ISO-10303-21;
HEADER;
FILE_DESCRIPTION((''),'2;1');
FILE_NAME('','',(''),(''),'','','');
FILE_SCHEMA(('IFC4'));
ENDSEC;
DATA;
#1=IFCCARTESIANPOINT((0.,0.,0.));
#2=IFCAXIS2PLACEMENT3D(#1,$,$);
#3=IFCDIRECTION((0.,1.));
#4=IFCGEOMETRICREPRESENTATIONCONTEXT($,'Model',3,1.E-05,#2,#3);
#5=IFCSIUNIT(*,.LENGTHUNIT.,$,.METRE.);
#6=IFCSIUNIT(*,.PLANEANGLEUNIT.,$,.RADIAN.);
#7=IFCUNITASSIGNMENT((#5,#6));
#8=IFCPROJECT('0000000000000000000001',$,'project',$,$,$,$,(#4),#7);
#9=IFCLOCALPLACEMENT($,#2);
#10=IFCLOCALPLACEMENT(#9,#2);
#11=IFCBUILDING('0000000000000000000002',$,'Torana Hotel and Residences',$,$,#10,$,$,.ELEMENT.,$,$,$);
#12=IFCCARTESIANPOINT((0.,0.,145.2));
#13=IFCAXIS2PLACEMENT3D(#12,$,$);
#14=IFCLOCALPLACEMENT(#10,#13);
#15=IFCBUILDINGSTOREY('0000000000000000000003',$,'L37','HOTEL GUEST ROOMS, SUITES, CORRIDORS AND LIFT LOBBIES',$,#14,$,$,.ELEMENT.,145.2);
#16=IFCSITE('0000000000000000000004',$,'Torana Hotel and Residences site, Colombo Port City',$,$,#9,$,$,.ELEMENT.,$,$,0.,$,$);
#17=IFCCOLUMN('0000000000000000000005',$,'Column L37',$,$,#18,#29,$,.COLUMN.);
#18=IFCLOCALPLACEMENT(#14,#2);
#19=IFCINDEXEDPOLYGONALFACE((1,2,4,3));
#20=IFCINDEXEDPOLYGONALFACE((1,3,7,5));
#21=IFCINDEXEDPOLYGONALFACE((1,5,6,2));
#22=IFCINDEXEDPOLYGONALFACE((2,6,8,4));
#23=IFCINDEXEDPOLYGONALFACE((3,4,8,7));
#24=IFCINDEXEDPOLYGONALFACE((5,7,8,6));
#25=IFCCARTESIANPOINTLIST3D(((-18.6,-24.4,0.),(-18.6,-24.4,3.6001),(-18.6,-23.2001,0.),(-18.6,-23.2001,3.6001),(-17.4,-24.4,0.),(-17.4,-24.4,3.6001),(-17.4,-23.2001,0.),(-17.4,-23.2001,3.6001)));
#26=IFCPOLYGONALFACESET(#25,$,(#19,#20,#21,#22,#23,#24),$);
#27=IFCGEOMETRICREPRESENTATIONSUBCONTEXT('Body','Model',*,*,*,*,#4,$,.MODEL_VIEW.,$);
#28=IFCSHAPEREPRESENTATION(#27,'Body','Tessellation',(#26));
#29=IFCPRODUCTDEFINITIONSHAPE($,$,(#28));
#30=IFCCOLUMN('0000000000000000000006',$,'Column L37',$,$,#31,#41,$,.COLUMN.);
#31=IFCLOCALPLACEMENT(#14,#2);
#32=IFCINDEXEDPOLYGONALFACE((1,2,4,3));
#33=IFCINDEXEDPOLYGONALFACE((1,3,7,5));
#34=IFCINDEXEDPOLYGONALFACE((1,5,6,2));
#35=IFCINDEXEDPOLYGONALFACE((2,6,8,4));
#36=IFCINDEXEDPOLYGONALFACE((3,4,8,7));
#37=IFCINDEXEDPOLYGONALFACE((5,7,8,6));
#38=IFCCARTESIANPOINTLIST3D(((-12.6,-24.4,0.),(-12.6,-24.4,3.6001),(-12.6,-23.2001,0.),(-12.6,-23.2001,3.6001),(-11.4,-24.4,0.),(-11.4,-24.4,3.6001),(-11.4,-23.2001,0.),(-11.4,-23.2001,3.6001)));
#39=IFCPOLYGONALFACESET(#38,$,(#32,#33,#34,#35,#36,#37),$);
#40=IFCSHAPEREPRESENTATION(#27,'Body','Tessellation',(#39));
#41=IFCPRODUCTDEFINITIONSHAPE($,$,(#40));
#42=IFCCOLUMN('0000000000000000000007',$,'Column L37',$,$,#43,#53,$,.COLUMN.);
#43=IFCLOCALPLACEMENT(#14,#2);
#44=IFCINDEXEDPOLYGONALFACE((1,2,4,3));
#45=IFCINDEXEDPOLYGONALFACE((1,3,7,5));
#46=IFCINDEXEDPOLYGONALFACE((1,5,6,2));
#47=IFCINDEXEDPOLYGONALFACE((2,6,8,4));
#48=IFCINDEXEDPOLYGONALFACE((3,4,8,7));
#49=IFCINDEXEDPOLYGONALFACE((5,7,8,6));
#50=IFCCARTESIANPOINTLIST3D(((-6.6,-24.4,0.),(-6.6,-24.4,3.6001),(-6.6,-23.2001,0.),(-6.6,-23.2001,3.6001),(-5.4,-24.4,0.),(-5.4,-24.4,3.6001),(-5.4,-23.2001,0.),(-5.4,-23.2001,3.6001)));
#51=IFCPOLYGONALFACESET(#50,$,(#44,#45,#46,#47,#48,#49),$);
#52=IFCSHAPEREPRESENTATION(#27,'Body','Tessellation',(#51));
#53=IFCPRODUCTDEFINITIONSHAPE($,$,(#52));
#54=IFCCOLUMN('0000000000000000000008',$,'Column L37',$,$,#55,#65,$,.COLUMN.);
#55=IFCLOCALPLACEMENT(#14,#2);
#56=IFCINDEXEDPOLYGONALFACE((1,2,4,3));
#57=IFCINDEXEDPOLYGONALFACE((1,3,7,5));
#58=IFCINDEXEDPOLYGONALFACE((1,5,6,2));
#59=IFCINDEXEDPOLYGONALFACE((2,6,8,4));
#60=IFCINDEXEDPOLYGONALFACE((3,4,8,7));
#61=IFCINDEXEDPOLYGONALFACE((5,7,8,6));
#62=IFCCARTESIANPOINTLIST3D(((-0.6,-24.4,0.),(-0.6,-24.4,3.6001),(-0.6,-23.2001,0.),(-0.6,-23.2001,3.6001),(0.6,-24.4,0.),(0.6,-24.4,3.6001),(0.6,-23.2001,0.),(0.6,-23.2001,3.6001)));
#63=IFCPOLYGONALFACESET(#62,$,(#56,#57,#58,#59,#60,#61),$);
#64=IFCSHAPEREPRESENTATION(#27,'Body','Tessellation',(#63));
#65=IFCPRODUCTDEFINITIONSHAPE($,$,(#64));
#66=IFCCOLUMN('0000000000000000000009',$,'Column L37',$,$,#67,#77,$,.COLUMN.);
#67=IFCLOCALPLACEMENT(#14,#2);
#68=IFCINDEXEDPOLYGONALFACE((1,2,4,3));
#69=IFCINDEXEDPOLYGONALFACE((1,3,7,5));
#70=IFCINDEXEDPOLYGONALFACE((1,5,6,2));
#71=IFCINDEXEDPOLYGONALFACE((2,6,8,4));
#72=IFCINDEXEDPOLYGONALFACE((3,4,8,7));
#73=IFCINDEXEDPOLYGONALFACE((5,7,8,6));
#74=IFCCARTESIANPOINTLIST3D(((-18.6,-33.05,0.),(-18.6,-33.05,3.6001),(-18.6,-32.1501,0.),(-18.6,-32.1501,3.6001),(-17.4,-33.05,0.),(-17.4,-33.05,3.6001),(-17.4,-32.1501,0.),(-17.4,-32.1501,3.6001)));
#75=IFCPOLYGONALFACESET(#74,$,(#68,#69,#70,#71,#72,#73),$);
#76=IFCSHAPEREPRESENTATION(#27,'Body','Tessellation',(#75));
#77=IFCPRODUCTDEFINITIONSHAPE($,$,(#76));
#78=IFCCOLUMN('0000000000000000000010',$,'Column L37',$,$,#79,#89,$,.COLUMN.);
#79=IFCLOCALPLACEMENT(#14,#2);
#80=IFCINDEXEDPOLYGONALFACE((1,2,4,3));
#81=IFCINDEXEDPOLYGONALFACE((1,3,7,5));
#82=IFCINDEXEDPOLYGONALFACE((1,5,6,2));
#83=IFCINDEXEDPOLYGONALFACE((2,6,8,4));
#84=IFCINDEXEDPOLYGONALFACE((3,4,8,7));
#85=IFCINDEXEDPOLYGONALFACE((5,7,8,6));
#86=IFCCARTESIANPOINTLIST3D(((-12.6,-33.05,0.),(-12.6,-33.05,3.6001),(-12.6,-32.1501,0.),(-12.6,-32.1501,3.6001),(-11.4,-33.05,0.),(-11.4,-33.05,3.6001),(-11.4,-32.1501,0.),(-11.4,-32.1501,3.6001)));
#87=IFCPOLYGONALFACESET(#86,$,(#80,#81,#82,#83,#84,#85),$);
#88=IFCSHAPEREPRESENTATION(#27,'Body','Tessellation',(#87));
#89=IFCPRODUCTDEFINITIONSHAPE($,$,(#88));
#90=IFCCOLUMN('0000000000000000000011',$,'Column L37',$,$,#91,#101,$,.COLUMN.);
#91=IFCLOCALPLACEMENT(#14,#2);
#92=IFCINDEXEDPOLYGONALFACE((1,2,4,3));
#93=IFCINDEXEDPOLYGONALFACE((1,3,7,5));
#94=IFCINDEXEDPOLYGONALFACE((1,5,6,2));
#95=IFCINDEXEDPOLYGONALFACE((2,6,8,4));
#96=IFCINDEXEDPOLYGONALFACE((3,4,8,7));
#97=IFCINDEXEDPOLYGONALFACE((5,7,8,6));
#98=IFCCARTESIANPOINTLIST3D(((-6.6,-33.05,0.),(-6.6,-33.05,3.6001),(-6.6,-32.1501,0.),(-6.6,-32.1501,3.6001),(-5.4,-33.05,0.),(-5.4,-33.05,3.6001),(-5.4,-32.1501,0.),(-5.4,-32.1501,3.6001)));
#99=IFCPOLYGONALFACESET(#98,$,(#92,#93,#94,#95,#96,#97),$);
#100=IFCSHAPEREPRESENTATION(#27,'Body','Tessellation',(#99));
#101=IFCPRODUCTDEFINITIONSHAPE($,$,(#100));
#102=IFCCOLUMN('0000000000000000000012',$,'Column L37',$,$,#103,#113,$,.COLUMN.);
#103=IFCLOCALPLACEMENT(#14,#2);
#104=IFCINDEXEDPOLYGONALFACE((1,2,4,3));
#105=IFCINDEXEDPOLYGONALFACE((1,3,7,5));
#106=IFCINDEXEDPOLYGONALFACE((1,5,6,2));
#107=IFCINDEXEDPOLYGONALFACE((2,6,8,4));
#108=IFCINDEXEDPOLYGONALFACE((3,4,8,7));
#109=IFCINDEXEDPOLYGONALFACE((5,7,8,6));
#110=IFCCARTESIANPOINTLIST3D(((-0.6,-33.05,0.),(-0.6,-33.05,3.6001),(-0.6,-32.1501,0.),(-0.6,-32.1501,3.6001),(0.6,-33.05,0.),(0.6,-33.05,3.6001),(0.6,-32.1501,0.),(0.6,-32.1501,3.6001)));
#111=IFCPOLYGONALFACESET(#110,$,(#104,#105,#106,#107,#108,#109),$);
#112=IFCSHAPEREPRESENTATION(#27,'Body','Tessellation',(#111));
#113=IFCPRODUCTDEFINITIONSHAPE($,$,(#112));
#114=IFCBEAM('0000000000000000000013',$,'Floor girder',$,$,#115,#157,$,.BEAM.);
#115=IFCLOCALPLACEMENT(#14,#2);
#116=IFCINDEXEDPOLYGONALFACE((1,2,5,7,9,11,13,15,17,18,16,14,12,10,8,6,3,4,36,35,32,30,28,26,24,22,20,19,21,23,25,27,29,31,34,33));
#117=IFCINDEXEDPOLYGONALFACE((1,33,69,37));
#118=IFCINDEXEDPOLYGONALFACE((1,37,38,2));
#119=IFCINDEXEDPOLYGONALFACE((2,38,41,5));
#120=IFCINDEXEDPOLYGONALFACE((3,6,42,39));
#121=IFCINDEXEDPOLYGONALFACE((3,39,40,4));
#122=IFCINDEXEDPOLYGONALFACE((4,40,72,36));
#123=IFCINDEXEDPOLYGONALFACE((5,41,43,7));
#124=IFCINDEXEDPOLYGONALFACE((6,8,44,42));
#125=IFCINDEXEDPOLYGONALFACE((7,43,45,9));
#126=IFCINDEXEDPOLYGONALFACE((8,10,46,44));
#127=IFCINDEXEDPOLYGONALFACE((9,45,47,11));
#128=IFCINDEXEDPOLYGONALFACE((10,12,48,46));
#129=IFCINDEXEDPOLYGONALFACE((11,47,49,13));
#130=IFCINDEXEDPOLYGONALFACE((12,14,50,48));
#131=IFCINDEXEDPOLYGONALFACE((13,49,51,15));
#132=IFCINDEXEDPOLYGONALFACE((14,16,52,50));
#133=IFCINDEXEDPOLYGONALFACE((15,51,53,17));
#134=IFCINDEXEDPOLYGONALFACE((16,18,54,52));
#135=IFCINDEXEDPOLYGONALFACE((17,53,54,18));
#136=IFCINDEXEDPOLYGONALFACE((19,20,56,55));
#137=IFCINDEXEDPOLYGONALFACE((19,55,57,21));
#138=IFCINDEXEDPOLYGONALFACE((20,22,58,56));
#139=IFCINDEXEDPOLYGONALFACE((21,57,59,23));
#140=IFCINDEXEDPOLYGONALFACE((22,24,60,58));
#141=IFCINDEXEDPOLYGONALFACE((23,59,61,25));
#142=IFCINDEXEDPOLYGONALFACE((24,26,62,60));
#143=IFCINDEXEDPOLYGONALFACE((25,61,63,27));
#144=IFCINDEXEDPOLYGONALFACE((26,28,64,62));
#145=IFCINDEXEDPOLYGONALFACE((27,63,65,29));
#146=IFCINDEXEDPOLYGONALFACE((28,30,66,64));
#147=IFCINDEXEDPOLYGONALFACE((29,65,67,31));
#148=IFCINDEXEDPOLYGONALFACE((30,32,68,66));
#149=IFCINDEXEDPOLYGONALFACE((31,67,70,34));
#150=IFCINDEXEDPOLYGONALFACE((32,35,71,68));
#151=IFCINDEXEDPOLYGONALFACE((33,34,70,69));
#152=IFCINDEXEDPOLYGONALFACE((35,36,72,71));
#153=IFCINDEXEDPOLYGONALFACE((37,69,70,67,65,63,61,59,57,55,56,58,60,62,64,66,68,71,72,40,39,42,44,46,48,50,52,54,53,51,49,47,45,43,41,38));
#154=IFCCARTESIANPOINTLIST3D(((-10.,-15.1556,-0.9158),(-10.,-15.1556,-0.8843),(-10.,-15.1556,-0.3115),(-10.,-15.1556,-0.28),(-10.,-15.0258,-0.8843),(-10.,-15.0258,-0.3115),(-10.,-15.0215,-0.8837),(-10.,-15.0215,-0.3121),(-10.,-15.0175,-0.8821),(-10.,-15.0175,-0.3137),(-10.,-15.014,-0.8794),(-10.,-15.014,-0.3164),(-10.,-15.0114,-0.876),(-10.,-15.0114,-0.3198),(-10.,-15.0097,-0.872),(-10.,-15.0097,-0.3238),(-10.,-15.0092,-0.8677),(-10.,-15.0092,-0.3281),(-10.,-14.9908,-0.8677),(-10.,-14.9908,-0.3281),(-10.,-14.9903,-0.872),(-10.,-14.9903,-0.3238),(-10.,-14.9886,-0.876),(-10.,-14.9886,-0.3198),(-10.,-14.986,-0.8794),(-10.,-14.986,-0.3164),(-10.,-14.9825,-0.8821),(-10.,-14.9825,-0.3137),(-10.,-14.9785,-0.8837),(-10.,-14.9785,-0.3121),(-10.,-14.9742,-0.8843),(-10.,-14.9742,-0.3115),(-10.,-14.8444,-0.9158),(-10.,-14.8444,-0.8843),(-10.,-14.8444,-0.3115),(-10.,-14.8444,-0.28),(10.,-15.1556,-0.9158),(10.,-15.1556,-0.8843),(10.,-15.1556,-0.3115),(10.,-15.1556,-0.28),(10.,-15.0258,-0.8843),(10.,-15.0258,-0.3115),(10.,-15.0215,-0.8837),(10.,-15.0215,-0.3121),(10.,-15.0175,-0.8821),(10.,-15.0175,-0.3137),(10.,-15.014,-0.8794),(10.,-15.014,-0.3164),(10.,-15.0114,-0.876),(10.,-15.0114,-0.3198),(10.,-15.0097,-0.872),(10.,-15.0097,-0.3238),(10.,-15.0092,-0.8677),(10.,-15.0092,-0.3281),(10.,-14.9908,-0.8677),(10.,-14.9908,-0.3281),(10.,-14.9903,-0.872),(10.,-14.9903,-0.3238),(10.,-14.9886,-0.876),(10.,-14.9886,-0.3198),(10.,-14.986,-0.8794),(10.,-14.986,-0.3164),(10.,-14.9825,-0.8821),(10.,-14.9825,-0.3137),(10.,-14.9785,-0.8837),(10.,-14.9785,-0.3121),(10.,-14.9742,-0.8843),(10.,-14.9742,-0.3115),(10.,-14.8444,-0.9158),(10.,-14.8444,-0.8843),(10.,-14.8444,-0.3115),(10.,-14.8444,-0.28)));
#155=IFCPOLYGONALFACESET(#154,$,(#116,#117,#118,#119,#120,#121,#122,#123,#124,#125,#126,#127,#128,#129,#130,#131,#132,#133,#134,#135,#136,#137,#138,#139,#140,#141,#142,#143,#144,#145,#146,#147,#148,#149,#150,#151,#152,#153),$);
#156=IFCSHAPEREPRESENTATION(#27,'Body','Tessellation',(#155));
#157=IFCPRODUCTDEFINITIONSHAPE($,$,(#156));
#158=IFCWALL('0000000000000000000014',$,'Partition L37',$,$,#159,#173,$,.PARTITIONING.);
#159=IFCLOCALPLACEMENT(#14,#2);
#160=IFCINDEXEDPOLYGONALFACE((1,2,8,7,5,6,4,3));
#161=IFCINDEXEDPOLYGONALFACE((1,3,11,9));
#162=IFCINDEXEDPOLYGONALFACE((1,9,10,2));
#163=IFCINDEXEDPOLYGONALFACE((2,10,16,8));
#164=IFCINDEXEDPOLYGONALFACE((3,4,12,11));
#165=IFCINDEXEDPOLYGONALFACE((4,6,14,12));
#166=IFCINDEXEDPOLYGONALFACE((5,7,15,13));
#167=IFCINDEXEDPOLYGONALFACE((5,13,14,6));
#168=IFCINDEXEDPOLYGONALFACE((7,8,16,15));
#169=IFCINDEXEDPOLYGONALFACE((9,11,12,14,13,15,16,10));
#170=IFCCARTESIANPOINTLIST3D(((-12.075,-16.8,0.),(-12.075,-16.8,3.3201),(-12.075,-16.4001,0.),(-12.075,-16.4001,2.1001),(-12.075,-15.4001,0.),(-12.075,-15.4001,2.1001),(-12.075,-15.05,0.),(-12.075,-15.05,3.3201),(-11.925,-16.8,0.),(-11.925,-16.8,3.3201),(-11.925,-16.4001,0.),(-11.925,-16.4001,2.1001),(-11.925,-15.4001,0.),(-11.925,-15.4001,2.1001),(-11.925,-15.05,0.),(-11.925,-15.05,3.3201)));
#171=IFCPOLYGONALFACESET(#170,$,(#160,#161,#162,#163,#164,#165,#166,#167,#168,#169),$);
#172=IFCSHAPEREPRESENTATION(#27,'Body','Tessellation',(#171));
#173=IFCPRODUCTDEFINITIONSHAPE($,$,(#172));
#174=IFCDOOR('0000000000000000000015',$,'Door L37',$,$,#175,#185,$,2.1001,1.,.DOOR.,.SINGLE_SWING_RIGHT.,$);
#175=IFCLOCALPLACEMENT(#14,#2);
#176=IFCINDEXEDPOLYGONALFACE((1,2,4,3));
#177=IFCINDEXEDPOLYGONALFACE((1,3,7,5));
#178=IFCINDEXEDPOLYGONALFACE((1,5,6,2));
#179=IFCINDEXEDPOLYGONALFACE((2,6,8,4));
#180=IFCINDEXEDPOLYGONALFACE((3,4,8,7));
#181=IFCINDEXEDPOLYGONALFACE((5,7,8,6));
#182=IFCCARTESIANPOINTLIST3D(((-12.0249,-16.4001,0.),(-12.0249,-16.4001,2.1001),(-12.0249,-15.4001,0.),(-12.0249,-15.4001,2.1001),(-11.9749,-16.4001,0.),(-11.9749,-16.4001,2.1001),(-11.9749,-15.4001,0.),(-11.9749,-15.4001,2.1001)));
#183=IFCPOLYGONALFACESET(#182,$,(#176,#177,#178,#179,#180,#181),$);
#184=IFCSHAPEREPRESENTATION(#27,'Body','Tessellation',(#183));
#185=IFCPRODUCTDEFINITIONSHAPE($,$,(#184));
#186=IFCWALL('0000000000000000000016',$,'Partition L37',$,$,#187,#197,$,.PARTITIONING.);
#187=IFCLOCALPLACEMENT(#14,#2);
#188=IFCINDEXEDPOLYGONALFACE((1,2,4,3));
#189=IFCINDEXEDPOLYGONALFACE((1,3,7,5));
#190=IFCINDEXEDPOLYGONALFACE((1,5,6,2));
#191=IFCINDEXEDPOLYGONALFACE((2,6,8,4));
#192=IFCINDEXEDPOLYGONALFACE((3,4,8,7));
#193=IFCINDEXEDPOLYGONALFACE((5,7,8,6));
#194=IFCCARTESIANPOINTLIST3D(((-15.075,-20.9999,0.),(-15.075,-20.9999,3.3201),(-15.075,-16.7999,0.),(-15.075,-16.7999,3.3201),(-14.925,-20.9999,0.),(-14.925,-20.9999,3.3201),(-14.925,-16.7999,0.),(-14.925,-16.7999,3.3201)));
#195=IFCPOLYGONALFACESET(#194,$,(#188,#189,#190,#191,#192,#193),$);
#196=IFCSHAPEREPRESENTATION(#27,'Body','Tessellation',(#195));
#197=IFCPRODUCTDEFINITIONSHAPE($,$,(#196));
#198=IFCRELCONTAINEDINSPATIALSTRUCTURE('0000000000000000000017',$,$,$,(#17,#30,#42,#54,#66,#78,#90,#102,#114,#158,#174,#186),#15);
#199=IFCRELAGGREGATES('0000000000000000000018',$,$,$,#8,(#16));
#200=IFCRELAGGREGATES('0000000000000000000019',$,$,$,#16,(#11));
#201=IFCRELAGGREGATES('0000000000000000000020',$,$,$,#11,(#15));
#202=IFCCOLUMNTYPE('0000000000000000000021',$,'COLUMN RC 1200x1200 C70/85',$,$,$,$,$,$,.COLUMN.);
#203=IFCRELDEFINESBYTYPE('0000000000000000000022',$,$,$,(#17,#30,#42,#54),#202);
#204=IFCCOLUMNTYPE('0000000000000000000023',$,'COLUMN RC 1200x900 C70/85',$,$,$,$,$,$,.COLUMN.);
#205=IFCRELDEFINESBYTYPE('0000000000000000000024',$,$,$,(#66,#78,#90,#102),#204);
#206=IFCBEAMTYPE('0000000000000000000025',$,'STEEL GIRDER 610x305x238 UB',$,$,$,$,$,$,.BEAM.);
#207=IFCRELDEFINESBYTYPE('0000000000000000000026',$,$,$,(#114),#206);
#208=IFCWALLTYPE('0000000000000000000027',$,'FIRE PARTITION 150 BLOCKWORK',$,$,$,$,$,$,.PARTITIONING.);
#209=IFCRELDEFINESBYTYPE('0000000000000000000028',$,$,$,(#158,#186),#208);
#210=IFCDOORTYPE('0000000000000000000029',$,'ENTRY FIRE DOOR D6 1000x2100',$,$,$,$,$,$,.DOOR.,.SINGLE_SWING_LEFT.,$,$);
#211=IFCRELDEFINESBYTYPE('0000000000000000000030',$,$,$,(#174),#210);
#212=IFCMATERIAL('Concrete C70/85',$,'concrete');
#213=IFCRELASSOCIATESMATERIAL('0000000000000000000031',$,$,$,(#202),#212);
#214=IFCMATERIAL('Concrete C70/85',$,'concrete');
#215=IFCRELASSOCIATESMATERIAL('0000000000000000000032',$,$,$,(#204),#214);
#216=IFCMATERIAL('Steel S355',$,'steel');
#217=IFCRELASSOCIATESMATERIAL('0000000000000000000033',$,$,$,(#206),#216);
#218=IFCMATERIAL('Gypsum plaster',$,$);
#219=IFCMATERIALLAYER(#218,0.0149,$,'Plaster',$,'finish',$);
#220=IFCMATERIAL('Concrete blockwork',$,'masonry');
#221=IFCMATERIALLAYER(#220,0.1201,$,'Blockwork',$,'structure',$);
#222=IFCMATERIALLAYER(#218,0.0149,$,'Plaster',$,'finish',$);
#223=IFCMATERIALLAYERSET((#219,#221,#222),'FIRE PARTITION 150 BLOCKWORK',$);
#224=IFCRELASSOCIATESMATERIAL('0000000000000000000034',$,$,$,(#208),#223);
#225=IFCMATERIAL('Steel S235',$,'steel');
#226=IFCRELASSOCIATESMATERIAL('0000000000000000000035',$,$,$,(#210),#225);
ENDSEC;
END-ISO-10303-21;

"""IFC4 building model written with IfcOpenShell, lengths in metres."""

from ifc_helpers import new_model, si_unit, direction, frame, frame_2d, origin, origin_2d, place, context, subcontext, project, spatial, rectangle, i_section, extrude, material, layer, layer_set, material_profile, profile_set, type_object, element, fill, save


model = new_model("IFC4")

# Units and contexts
model_context = context("Model", 3, precision=1e-05, world=origin(), true_north=direction((0.0, 1.0)))
body_context = subcontext(model_context, "Body", "Model", "MODEL_VIEW")
ifc_project = project(units=[si_unit("LENGTHUNIT", "METRE"), si_unit("PLANEANGLEUNIT", "RADIAN")], contexts=[model_context])

# Site, building, storey
site_placement = place(None, origin())
site = spatial("IfcSite", under=ifc_project, at=site_placement, Name="Torana Hotel and Residences site, Colombo Port City", CompositionType="ELEMENT", RefElevation=0.0)
building_placement = place(site_placement, origin())
building = spatial("IfcBuilding", under=site, at=building_placement, Name="Torana Hotel and Residences", CompositionType="ELEMENT")
storey_placement = place(building_placement, frame((0.0, 0.0, 145.2)))
storey = spatial("IfcBuildingStorey", under=building, at=storey_placement, Name="L37", Description="HOTEL GUEST ROOMS, SUITES, CORRIDORS AND LIFT LOBBIES", CompositionType="ELEMENT", Elevation=145.2)

# Columns
ifc_material_1 = material(Name="Concrete C70/85", Category="concrete")
ifc_material_profile_1 = material_profile(ifc_material_1, rectangle(XDim=1.2, YDim=1.2, at=origin_2d()), Name="RC 1200x1200")
ifc_profile_set_1 = profile_set([ifc_material_profile_1], Name="Concrete C70/85")
column_type_1 = type_object("IfcColumnType", Name="COLUMN RC 1200x1200 C70/85", PredefinedType="COLUMN", material=ifc_profile_set_1)
for number, where, z_axis, x_axis, name in (
    (1, (-18.0, -23.8, 0.0), (0.0, 0.0, 1.0), (1.0, 0.0, 0.0), "Column L37"),
    (2, (-12.0, -23.8, 0.0), (0.0, 0.0, 1.0), (1.0, 0.0, 0.0), "Column L37"),
    (3, (-6.0, -23.8, 0.0), (0.0, 0.0, 1.0), (1.0, 0.0, 0.0), "Column L37"),
    (4, (0.0, -23.8, 0.0), (0.0, 0.0, 1.0), (1.0, 0.0, 0.0), "Column L37"),
):
    element("IfcColumn", number, at=place(storey_placement, frame(where, z_axis=z_axis, x_axis=x_axis)), inside=storey, type_object=column_type_1, Name=name, PredefinedType="COLUMN", context=body_context, shape_type="SweptSolid", body=[
        extrude(rectangle(XDim=1.2, YDim=1.2, at=origin_2d()), origin(), (0.0, 0.0, 1.0), 3.6001),
    ])
ifc_material_2 = material(Name="Concrete C70/85", Category="concrete")
ifc_material_profile_2 = material_profile(ifc_material_2, rectangle(XDim=1.2, YDim=0.8999, at=origin_2d()), Name="RC 1200x900")
ifc_profile_set_2 = profile_set([ifc_material_profile_2], Name="Concrete C70/85")
column_type_2 = type_object("IfcColumnType", Name="COLUMN RC 1200x900 C70/85", PredefinedType="COLUMN", material=ifc_profile_set_2)
for number, where, z_axis, x_axis, name in (
    (5, (-18.0, -32.6001, 0.0), (0.0, 0.0, 1.0), (1.0, 0.0, 0.0), "Column L37"),
    (6, (-12.0, -32.6001, 0.0), (0.0, 0.0, 1.0), (1.0, 0.0, 0.0), "Column L37"),
    (7, (-6.0, -32.6001, 0.0), (0.0, 0.0, 1.0), (1.0, 0.0, 0.0), "Column L37"),
    (8, (0.0, -32.6001, 0.0), (0.0, 0.0, 1.0), (1.0, 0.0, 0.0), "Column L37"),
):
    element("IfcColumn", number, at=place(storey_placement, frame(where, z_axis=z_axis, x_axis=x_axis)), inside=storey, type_object=column_type_2, Name=name, PredefinedType="COLUMN", context=body_context, shape_type="SweptSolid", body=[
        extrude(rectangle(XDim=1.2, YDim=0.8999, at=origin_2d()), origin(), (0.0, 0.0, 1.0), 3.6001),
    ])

# Beam
ifc_material_3 = material(Name="Steel S355", Category="steel")
ifc_material_profile_3 = material_profile(ifc_material_3, i_section(OverallWidth=0.3113, OverallDepth=0.6357, WebThickness=0.0183, FlangeThickness=0.0315, FilletRadius=0.0166, at=origin_2d()), Name="610x305x238 UB")
ifc_profile_set_3 = profile_set([ifc_material_profile_3], Name="Steel S355")
beam_type = type_object("IfcBeamType", Name="STEEL GIRDER 610x305x238 UB", PredefinedType="BEAM", material=ifc_profile_set_3)
beam_placement = place(storey_placement, frame((-10.0, -15.0, -0.5979), z_axis=(1.0, 0.0, 0.0), x_axis=(0.0, 1.0, 0.0)))
element("IfcBeam", 9, at=beam_placement, inside=storey, type_object=beam_type, Name="Floor girder", PredefinedType="BEAM", context=body_context, shape_type="SweptSolid", body=[
    extrude(i_section(OverallWidth=0.3113, OverallDepth=0.6357, WebThickness=0.0183, FlangeThickness=0.0315, FilletRadius=0.0166, at=origin_2d()), origin(), (0.0, 0.0, 1.0), 20.0),
])

# Wall, opening, door
ifc_material_4 = material(Name="Gypsum plaster")
ifc_layer_1 = layer(ifc_material_4, 0.0149, Name="Plaster", Category="finish")
ifc_material_5 = material(Name="Concrete blockwork", Category="masonry")
ifc_layer_2 = layer(ifc_material_5, 0.1201, Name="Blockwork", Category="structure")
ifc_layer_3 = layer(ifc_material_4, 0.0149, Name="Plaster", Category="finish")
ifc_layer_set_1 = layer_set([ifc_layer_1, ifc_layer_2, ifc_layer_3], Name="FIRE PARTITION 150 BLOCKWORK")
wall_type_1 = type_object("IfcWallType", Name="FIRE PARTITION 150 BLOCKWORK", PredefinedType="PARTITIONING", material=ifc_layer_set_1)
wall_1_placement = place(storey_placement, frame((-12.0, -16.8, 0.0), z_axis=(0.0, 0.0, 1.0), x_axis=(0.0, 1.0, 0.0)))
wall_1 = element("IfcWall", 10, at=wall_1_placement, inside=storey, type_object=wall_type_1, Name="Partition L37", PredefinedType="PARTITIONING", context=body_context, shape_type="SweptSolid", body=[
    extrude(rectangle(XDim=1.75, YDim=0.1499, at=frame_2d((0.875, 0.0))), origin(), (0.0, 0.0, 1.0), 3.3201),
])
opening_1_placement = place(wall_1_placement, frame((0.3999, 0.0, 0.0)))
opening_1 = element("IfcOpeningElement", 11, at=opening_1_placement, cuts=wall_1, PredefinedType="OPENING", context=body_context, shape_type="SweptSolid", body=[
    extrude(rectangle(XDim=1.0, YDim=2.1001, at=frame_2d((0.5, 1.05))), frame((0.0, 0.085, 0.0), z_axis=(0.0, -1.0, 0.0), x_axis=(1.0, 0.0, 0.0)), (0.0, 0.0, 1.0), 0.1699),
])
ifc_material_6 = material(Name="Steel S235", Category="steel")
door_type_1 = type_object("IfcDoorType", Name="ENTRY FIRE DOOR D6 1000x2100", OperationType="SINGLE_SWING_LEFT", PredefinedType="DOOR", material=ifc_material_6)
door_1_placement = place(opening_1_placement, origin())
door_1 = element("IfcDoor", 12, at=door_1_placement, inside=storey, type_object=door_type_1, Name="Door L37", OperationType="SINGLE_SWING_RIGHT", OverallHeight=2.1001, OverallWidth=1.0, PredefinedType="DOOR", context=body_context, shape_type="SweptSolid", body=[
    extrude(rectangle(XDim=1.0, YDim=2.1001, at=frame_2d((0.5, 1.05))), frame((0.0, 0.0249, 0.0), z_axis=(0.0, -1.0, 0.0), x_axis=(1.0, 0.0, 0.0)), (0.0, 0.0, 1.0), 0.05),
])
fill(opening_1, door_1)

# Wall
wall_2_placement = place(storey_placement, frame((-15.0, -21.0, 0.0), z_axis=(0.0, 0.0, 1.0), x_axis=(0.0, 1.0, 0.0)))
element("IfcWall", 13, at=wall_2_placement, inside=storey, type_object=wall_type_1, Name="Partition L37", PredefinedType="PARTITIONING", context=body_context, shape_type="SweptSolid", body=[
    extrude(rectangle(XDim=4.2, YDim=0.1499, at=frame_2d((2.1001, 0.0))), origin(), (0.0, 0.0, 1.0), 3.3201),
])

save(model, "model.ifc")
